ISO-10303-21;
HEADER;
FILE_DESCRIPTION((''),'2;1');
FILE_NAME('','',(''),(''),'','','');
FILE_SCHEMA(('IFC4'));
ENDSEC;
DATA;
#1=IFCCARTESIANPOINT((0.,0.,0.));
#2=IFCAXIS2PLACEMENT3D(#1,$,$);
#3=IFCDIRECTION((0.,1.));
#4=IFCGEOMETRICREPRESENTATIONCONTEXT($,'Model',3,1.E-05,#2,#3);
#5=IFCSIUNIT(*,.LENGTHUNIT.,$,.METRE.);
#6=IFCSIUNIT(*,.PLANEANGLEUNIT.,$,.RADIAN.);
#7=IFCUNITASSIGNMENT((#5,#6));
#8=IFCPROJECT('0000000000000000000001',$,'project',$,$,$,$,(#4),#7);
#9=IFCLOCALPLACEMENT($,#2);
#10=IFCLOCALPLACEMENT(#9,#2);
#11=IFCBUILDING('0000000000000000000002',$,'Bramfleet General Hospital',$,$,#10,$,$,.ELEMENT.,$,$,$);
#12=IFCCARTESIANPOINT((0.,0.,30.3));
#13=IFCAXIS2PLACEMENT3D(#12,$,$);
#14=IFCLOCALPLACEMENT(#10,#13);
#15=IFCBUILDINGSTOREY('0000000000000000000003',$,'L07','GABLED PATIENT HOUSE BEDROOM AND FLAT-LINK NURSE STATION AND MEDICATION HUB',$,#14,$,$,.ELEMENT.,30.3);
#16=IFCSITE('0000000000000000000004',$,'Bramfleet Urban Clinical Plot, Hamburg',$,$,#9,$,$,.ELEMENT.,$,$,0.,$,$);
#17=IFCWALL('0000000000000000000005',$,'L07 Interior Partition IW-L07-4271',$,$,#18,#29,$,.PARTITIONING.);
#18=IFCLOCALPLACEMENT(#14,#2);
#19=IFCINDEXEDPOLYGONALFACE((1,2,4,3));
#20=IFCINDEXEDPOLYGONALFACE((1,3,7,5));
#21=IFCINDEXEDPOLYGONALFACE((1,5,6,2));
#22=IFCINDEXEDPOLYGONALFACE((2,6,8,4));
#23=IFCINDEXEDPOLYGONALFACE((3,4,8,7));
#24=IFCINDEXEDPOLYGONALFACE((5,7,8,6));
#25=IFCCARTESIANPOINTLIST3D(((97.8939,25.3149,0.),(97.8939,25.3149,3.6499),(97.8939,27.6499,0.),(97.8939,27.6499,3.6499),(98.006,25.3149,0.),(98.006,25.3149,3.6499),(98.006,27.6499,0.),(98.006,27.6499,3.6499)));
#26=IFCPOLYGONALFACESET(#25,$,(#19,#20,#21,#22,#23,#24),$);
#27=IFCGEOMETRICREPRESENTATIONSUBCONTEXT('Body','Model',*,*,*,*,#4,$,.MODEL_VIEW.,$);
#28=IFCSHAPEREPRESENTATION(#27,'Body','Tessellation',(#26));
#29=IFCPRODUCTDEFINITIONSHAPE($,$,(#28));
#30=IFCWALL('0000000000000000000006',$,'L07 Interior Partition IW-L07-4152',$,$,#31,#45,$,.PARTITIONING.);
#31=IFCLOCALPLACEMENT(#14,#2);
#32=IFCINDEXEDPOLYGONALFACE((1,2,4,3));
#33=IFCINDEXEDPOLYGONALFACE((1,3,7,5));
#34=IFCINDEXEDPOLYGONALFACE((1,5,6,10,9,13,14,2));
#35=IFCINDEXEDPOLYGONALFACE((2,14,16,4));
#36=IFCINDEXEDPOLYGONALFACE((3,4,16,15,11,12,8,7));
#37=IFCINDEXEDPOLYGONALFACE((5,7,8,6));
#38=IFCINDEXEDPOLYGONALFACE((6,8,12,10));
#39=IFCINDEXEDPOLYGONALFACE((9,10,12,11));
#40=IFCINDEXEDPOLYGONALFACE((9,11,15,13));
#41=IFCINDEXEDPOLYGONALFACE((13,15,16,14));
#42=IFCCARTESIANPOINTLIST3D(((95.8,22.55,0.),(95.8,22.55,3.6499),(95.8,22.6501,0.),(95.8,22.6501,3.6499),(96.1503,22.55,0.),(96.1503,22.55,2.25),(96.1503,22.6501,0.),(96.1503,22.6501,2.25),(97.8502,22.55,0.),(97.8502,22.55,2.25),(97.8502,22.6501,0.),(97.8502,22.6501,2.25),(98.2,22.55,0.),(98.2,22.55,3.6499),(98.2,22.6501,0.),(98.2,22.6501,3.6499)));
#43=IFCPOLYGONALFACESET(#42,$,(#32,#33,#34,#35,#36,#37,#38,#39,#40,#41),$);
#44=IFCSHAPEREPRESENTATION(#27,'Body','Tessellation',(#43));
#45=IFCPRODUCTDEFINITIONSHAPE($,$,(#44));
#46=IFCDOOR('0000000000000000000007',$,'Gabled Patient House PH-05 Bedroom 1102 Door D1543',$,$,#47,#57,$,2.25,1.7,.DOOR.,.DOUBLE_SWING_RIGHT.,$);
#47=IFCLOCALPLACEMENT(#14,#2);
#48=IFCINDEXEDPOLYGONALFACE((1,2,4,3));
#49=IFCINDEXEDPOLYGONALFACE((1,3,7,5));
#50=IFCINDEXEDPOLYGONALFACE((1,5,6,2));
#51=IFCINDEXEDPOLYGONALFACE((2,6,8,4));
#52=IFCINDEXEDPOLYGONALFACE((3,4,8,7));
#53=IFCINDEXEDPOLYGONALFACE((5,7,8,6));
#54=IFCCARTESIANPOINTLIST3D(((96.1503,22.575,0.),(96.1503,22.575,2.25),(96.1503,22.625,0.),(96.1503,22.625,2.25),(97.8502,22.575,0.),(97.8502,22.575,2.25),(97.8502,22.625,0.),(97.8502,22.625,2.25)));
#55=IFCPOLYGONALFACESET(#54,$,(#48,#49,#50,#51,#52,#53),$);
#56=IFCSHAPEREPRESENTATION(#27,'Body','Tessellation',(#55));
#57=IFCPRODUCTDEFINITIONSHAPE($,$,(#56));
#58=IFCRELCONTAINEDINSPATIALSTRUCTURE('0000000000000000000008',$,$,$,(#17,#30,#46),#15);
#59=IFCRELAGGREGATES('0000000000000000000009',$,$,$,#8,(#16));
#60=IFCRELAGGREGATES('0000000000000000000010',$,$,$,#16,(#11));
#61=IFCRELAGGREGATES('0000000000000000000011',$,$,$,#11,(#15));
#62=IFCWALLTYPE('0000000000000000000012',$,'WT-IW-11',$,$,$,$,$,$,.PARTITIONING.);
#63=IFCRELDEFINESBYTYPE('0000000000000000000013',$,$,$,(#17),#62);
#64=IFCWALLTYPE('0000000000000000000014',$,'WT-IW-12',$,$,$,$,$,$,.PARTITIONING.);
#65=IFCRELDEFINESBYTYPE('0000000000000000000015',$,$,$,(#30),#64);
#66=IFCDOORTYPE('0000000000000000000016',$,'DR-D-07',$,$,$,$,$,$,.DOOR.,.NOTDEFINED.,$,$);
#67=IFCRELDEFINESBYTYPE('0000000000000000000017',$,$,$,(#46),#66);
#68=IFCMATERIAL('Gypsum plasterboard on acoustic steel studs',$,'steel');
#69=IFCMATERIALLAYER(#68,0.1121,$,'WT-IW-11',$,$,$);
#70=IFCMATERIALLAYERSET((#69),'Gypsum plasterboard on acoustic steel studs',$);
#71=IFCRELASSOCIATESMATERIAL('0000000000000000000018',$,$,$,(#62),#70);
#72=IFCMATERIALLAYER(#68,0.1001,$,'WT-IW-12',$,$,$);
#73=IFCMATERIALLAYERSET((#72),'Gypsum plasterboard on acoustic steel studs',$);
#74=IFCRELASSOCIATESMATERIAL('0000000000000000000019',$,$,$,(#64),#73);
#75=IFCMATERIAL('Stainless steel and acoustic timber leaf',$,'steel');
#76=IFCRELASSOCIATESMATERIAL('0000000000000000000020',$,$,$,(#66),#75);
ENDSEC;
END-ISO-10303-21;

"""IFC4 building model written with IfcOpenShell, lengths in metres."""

from ifc_helpers import new_model, si_unit, direction, frame, frame_2d, origin, place, context, subcontext, project, spatial, rectangle, extrude, material, layer, layer_set, type_object, element, fill, save


model = new_model("IFC4")

# Units and contexts
model_context = context("Model", 3, precision=1e-05, world=origin(), true_north=direction((0.0, 1.0)))
body_context = subcontext(model_context, "Body", "Model", "MODEL_VIEW")
ifc_project = project(units=[si_unit("LENGTHUNIT", "METRE"), si_unit("PLANEANGLEUNIT", "RADIAN")], contexts=[model_context])

# Site, building, storey
site_placement = place(None, origin())
site = spatial("IfcSite", under=ifc_project, at=site_placement, Name="Bramfleet Urban Clinical Plot, Hamburg", CompositionType="ELEMENT", RefElevation=0.0)
building_placement = place(site_placement, origin())
building = spatial("IfcBuilding", under=site, at=building_placement, Name="Bramfleet General Hospital", CompositionType="ELEMENT")
storey_placement = place(building_placement, frame((0.0, 0.0, 30.3)))
storey = spatial("IfcBuildingStorey", under=building, at=storey_placement, Name="L07", Description="GABLED PATIENT HOUSE BEDROOM AND FLAT-LINK NURSE STATION AND MEDICATION HUB", CompositionType="ELEMENT", Elevation=30.3)

# Shared definitions
ifc_material_1 = material(Name="Stainless steel and acoustic timber leaf", Category="steel")

# Shared definitions
ifc_material_2 = material(Name="Gypsum plasterboard on acoustic steel studs", Category="steel")

# Wall
ifc_layer_1 = layer(ifc_material_2, 0.1121, Name="WT-IW-11")
ifc_layer_set_1 = layer_set([ifc_layer_1], Name="Gypsum plasterboard on acoustic steel studs")
wall_type_1 = type_object("IfcWallType", Name="WT-IW-11", PredefinedType="PARTITIONING", material=ifc_layer_set_1)
wall_1_placement = place(storey_placement, frame((97.95, 25.3149, 0.0), z_axis=(0.0, 0.0, 1.0), x_axis=(0.0, 1.0, 0.0)))
element("IfcWall", 1, at=wall_1_placement, inside=storey, type_object=wall_type_1, Name="L07 Interior Partition IW-L07-4271", PredefinedType="PARTITIONING", context=body_context, shape_type="SweptSolid", body=[
    extrude(rectangle(XDim=2.335, YDim=0.1121, at=frame_2d((1.1675, 0.0))), origin(), (0.0, 0.0, 1.0), 3.6499),
])

# Wall, opening, door
ifc_layer_2 = layer(ifc_material_2, 0.1001, Name="WT-IW-12")
ifc_layer_set_2 = layer_set([ifc_layer_2], Name="Gypsum plasterboard on acoustic steel studs")
wall_type_2 = type_object("IfcWallType", Name="WT-IW-12", PredefinedType="PARTITIONING", material=ifc_layer_set_2)
wall_2_placement = place(storey_placement, frame((95.8, 22.6001, 0.0), z_axis=(0.0, 0.0, 1.0), x_axis=(1.0, 0.0, 0.0)))
wall_2 = element("IfcWall", 2, at=wall_2_placement, inside=storey, type_object=wall_type_2, Name="L07 Interior Partition IW-L07-4152", PredefinedType="PARTITIONING", context=body_context, shape_type="SweptSolid", body=[
    extrude(rectangle(XDim=2.3999, YDim=0.1001, at=frame_2d((1.2, 0.0))), origin(), (0.0, 0.0, 1.0), 3.6499),
])
opening_1_placement = place(wall_2_placement, frame((0.3501, 0.0, 0.0)))
opening_1 = element("IfcOpeningElement", 3, at=opening_1_placement, cuts=wall_2, PredefinedType="OPENING", context=body_context, shape_type="SweptSolid", body=[
    extrude(rectangle(XDim=1.7, YDim=2.25, at=frame_2d((0.8501, 1.125))), frame((0.0, 0.0601, 0.0), z_axis=(0.0, -1.0, 0.0), x_axis=(1.0, 0.0, 0.0)), (0.0, 0.0, 1.0), 0.1201),
])
door_type_1 = type_object("IfcDoorType", Name="DR-D-07", OperationType="NOTDEFINED", PredefinedType="DOOR", material=ifc_material_1)
door_1_placement = place(opening_1_placement, origin())
door_1 = element("IfcDoor", 4, at=door_1_placement, inside=storey, type_object=door_type_1, Name="Gabled Patient House PH-05 Bedroom 1102 Door D1543", OperationType="DOUBLE_SWING_RIGHT", OverallHeight=2.25, OverallWidth=1.7, PredefinedType="DOOR", context=body_context, shape_type="SweptSolid", body=[
    extrude(rectangle(XDim=1.7, YDim=2.25, at=frame_2d((0.8501, 1.125))), frame((0.0, 0.0249, 0.0), z_axis=(0.0, -1.0, 0.0), x_axis=(1.0, 0.0, 0.0)), (0.0, 0.0, 1.0), 0.05),
])
fill(opening_1, door_1)

save(model, "model.ifc")
